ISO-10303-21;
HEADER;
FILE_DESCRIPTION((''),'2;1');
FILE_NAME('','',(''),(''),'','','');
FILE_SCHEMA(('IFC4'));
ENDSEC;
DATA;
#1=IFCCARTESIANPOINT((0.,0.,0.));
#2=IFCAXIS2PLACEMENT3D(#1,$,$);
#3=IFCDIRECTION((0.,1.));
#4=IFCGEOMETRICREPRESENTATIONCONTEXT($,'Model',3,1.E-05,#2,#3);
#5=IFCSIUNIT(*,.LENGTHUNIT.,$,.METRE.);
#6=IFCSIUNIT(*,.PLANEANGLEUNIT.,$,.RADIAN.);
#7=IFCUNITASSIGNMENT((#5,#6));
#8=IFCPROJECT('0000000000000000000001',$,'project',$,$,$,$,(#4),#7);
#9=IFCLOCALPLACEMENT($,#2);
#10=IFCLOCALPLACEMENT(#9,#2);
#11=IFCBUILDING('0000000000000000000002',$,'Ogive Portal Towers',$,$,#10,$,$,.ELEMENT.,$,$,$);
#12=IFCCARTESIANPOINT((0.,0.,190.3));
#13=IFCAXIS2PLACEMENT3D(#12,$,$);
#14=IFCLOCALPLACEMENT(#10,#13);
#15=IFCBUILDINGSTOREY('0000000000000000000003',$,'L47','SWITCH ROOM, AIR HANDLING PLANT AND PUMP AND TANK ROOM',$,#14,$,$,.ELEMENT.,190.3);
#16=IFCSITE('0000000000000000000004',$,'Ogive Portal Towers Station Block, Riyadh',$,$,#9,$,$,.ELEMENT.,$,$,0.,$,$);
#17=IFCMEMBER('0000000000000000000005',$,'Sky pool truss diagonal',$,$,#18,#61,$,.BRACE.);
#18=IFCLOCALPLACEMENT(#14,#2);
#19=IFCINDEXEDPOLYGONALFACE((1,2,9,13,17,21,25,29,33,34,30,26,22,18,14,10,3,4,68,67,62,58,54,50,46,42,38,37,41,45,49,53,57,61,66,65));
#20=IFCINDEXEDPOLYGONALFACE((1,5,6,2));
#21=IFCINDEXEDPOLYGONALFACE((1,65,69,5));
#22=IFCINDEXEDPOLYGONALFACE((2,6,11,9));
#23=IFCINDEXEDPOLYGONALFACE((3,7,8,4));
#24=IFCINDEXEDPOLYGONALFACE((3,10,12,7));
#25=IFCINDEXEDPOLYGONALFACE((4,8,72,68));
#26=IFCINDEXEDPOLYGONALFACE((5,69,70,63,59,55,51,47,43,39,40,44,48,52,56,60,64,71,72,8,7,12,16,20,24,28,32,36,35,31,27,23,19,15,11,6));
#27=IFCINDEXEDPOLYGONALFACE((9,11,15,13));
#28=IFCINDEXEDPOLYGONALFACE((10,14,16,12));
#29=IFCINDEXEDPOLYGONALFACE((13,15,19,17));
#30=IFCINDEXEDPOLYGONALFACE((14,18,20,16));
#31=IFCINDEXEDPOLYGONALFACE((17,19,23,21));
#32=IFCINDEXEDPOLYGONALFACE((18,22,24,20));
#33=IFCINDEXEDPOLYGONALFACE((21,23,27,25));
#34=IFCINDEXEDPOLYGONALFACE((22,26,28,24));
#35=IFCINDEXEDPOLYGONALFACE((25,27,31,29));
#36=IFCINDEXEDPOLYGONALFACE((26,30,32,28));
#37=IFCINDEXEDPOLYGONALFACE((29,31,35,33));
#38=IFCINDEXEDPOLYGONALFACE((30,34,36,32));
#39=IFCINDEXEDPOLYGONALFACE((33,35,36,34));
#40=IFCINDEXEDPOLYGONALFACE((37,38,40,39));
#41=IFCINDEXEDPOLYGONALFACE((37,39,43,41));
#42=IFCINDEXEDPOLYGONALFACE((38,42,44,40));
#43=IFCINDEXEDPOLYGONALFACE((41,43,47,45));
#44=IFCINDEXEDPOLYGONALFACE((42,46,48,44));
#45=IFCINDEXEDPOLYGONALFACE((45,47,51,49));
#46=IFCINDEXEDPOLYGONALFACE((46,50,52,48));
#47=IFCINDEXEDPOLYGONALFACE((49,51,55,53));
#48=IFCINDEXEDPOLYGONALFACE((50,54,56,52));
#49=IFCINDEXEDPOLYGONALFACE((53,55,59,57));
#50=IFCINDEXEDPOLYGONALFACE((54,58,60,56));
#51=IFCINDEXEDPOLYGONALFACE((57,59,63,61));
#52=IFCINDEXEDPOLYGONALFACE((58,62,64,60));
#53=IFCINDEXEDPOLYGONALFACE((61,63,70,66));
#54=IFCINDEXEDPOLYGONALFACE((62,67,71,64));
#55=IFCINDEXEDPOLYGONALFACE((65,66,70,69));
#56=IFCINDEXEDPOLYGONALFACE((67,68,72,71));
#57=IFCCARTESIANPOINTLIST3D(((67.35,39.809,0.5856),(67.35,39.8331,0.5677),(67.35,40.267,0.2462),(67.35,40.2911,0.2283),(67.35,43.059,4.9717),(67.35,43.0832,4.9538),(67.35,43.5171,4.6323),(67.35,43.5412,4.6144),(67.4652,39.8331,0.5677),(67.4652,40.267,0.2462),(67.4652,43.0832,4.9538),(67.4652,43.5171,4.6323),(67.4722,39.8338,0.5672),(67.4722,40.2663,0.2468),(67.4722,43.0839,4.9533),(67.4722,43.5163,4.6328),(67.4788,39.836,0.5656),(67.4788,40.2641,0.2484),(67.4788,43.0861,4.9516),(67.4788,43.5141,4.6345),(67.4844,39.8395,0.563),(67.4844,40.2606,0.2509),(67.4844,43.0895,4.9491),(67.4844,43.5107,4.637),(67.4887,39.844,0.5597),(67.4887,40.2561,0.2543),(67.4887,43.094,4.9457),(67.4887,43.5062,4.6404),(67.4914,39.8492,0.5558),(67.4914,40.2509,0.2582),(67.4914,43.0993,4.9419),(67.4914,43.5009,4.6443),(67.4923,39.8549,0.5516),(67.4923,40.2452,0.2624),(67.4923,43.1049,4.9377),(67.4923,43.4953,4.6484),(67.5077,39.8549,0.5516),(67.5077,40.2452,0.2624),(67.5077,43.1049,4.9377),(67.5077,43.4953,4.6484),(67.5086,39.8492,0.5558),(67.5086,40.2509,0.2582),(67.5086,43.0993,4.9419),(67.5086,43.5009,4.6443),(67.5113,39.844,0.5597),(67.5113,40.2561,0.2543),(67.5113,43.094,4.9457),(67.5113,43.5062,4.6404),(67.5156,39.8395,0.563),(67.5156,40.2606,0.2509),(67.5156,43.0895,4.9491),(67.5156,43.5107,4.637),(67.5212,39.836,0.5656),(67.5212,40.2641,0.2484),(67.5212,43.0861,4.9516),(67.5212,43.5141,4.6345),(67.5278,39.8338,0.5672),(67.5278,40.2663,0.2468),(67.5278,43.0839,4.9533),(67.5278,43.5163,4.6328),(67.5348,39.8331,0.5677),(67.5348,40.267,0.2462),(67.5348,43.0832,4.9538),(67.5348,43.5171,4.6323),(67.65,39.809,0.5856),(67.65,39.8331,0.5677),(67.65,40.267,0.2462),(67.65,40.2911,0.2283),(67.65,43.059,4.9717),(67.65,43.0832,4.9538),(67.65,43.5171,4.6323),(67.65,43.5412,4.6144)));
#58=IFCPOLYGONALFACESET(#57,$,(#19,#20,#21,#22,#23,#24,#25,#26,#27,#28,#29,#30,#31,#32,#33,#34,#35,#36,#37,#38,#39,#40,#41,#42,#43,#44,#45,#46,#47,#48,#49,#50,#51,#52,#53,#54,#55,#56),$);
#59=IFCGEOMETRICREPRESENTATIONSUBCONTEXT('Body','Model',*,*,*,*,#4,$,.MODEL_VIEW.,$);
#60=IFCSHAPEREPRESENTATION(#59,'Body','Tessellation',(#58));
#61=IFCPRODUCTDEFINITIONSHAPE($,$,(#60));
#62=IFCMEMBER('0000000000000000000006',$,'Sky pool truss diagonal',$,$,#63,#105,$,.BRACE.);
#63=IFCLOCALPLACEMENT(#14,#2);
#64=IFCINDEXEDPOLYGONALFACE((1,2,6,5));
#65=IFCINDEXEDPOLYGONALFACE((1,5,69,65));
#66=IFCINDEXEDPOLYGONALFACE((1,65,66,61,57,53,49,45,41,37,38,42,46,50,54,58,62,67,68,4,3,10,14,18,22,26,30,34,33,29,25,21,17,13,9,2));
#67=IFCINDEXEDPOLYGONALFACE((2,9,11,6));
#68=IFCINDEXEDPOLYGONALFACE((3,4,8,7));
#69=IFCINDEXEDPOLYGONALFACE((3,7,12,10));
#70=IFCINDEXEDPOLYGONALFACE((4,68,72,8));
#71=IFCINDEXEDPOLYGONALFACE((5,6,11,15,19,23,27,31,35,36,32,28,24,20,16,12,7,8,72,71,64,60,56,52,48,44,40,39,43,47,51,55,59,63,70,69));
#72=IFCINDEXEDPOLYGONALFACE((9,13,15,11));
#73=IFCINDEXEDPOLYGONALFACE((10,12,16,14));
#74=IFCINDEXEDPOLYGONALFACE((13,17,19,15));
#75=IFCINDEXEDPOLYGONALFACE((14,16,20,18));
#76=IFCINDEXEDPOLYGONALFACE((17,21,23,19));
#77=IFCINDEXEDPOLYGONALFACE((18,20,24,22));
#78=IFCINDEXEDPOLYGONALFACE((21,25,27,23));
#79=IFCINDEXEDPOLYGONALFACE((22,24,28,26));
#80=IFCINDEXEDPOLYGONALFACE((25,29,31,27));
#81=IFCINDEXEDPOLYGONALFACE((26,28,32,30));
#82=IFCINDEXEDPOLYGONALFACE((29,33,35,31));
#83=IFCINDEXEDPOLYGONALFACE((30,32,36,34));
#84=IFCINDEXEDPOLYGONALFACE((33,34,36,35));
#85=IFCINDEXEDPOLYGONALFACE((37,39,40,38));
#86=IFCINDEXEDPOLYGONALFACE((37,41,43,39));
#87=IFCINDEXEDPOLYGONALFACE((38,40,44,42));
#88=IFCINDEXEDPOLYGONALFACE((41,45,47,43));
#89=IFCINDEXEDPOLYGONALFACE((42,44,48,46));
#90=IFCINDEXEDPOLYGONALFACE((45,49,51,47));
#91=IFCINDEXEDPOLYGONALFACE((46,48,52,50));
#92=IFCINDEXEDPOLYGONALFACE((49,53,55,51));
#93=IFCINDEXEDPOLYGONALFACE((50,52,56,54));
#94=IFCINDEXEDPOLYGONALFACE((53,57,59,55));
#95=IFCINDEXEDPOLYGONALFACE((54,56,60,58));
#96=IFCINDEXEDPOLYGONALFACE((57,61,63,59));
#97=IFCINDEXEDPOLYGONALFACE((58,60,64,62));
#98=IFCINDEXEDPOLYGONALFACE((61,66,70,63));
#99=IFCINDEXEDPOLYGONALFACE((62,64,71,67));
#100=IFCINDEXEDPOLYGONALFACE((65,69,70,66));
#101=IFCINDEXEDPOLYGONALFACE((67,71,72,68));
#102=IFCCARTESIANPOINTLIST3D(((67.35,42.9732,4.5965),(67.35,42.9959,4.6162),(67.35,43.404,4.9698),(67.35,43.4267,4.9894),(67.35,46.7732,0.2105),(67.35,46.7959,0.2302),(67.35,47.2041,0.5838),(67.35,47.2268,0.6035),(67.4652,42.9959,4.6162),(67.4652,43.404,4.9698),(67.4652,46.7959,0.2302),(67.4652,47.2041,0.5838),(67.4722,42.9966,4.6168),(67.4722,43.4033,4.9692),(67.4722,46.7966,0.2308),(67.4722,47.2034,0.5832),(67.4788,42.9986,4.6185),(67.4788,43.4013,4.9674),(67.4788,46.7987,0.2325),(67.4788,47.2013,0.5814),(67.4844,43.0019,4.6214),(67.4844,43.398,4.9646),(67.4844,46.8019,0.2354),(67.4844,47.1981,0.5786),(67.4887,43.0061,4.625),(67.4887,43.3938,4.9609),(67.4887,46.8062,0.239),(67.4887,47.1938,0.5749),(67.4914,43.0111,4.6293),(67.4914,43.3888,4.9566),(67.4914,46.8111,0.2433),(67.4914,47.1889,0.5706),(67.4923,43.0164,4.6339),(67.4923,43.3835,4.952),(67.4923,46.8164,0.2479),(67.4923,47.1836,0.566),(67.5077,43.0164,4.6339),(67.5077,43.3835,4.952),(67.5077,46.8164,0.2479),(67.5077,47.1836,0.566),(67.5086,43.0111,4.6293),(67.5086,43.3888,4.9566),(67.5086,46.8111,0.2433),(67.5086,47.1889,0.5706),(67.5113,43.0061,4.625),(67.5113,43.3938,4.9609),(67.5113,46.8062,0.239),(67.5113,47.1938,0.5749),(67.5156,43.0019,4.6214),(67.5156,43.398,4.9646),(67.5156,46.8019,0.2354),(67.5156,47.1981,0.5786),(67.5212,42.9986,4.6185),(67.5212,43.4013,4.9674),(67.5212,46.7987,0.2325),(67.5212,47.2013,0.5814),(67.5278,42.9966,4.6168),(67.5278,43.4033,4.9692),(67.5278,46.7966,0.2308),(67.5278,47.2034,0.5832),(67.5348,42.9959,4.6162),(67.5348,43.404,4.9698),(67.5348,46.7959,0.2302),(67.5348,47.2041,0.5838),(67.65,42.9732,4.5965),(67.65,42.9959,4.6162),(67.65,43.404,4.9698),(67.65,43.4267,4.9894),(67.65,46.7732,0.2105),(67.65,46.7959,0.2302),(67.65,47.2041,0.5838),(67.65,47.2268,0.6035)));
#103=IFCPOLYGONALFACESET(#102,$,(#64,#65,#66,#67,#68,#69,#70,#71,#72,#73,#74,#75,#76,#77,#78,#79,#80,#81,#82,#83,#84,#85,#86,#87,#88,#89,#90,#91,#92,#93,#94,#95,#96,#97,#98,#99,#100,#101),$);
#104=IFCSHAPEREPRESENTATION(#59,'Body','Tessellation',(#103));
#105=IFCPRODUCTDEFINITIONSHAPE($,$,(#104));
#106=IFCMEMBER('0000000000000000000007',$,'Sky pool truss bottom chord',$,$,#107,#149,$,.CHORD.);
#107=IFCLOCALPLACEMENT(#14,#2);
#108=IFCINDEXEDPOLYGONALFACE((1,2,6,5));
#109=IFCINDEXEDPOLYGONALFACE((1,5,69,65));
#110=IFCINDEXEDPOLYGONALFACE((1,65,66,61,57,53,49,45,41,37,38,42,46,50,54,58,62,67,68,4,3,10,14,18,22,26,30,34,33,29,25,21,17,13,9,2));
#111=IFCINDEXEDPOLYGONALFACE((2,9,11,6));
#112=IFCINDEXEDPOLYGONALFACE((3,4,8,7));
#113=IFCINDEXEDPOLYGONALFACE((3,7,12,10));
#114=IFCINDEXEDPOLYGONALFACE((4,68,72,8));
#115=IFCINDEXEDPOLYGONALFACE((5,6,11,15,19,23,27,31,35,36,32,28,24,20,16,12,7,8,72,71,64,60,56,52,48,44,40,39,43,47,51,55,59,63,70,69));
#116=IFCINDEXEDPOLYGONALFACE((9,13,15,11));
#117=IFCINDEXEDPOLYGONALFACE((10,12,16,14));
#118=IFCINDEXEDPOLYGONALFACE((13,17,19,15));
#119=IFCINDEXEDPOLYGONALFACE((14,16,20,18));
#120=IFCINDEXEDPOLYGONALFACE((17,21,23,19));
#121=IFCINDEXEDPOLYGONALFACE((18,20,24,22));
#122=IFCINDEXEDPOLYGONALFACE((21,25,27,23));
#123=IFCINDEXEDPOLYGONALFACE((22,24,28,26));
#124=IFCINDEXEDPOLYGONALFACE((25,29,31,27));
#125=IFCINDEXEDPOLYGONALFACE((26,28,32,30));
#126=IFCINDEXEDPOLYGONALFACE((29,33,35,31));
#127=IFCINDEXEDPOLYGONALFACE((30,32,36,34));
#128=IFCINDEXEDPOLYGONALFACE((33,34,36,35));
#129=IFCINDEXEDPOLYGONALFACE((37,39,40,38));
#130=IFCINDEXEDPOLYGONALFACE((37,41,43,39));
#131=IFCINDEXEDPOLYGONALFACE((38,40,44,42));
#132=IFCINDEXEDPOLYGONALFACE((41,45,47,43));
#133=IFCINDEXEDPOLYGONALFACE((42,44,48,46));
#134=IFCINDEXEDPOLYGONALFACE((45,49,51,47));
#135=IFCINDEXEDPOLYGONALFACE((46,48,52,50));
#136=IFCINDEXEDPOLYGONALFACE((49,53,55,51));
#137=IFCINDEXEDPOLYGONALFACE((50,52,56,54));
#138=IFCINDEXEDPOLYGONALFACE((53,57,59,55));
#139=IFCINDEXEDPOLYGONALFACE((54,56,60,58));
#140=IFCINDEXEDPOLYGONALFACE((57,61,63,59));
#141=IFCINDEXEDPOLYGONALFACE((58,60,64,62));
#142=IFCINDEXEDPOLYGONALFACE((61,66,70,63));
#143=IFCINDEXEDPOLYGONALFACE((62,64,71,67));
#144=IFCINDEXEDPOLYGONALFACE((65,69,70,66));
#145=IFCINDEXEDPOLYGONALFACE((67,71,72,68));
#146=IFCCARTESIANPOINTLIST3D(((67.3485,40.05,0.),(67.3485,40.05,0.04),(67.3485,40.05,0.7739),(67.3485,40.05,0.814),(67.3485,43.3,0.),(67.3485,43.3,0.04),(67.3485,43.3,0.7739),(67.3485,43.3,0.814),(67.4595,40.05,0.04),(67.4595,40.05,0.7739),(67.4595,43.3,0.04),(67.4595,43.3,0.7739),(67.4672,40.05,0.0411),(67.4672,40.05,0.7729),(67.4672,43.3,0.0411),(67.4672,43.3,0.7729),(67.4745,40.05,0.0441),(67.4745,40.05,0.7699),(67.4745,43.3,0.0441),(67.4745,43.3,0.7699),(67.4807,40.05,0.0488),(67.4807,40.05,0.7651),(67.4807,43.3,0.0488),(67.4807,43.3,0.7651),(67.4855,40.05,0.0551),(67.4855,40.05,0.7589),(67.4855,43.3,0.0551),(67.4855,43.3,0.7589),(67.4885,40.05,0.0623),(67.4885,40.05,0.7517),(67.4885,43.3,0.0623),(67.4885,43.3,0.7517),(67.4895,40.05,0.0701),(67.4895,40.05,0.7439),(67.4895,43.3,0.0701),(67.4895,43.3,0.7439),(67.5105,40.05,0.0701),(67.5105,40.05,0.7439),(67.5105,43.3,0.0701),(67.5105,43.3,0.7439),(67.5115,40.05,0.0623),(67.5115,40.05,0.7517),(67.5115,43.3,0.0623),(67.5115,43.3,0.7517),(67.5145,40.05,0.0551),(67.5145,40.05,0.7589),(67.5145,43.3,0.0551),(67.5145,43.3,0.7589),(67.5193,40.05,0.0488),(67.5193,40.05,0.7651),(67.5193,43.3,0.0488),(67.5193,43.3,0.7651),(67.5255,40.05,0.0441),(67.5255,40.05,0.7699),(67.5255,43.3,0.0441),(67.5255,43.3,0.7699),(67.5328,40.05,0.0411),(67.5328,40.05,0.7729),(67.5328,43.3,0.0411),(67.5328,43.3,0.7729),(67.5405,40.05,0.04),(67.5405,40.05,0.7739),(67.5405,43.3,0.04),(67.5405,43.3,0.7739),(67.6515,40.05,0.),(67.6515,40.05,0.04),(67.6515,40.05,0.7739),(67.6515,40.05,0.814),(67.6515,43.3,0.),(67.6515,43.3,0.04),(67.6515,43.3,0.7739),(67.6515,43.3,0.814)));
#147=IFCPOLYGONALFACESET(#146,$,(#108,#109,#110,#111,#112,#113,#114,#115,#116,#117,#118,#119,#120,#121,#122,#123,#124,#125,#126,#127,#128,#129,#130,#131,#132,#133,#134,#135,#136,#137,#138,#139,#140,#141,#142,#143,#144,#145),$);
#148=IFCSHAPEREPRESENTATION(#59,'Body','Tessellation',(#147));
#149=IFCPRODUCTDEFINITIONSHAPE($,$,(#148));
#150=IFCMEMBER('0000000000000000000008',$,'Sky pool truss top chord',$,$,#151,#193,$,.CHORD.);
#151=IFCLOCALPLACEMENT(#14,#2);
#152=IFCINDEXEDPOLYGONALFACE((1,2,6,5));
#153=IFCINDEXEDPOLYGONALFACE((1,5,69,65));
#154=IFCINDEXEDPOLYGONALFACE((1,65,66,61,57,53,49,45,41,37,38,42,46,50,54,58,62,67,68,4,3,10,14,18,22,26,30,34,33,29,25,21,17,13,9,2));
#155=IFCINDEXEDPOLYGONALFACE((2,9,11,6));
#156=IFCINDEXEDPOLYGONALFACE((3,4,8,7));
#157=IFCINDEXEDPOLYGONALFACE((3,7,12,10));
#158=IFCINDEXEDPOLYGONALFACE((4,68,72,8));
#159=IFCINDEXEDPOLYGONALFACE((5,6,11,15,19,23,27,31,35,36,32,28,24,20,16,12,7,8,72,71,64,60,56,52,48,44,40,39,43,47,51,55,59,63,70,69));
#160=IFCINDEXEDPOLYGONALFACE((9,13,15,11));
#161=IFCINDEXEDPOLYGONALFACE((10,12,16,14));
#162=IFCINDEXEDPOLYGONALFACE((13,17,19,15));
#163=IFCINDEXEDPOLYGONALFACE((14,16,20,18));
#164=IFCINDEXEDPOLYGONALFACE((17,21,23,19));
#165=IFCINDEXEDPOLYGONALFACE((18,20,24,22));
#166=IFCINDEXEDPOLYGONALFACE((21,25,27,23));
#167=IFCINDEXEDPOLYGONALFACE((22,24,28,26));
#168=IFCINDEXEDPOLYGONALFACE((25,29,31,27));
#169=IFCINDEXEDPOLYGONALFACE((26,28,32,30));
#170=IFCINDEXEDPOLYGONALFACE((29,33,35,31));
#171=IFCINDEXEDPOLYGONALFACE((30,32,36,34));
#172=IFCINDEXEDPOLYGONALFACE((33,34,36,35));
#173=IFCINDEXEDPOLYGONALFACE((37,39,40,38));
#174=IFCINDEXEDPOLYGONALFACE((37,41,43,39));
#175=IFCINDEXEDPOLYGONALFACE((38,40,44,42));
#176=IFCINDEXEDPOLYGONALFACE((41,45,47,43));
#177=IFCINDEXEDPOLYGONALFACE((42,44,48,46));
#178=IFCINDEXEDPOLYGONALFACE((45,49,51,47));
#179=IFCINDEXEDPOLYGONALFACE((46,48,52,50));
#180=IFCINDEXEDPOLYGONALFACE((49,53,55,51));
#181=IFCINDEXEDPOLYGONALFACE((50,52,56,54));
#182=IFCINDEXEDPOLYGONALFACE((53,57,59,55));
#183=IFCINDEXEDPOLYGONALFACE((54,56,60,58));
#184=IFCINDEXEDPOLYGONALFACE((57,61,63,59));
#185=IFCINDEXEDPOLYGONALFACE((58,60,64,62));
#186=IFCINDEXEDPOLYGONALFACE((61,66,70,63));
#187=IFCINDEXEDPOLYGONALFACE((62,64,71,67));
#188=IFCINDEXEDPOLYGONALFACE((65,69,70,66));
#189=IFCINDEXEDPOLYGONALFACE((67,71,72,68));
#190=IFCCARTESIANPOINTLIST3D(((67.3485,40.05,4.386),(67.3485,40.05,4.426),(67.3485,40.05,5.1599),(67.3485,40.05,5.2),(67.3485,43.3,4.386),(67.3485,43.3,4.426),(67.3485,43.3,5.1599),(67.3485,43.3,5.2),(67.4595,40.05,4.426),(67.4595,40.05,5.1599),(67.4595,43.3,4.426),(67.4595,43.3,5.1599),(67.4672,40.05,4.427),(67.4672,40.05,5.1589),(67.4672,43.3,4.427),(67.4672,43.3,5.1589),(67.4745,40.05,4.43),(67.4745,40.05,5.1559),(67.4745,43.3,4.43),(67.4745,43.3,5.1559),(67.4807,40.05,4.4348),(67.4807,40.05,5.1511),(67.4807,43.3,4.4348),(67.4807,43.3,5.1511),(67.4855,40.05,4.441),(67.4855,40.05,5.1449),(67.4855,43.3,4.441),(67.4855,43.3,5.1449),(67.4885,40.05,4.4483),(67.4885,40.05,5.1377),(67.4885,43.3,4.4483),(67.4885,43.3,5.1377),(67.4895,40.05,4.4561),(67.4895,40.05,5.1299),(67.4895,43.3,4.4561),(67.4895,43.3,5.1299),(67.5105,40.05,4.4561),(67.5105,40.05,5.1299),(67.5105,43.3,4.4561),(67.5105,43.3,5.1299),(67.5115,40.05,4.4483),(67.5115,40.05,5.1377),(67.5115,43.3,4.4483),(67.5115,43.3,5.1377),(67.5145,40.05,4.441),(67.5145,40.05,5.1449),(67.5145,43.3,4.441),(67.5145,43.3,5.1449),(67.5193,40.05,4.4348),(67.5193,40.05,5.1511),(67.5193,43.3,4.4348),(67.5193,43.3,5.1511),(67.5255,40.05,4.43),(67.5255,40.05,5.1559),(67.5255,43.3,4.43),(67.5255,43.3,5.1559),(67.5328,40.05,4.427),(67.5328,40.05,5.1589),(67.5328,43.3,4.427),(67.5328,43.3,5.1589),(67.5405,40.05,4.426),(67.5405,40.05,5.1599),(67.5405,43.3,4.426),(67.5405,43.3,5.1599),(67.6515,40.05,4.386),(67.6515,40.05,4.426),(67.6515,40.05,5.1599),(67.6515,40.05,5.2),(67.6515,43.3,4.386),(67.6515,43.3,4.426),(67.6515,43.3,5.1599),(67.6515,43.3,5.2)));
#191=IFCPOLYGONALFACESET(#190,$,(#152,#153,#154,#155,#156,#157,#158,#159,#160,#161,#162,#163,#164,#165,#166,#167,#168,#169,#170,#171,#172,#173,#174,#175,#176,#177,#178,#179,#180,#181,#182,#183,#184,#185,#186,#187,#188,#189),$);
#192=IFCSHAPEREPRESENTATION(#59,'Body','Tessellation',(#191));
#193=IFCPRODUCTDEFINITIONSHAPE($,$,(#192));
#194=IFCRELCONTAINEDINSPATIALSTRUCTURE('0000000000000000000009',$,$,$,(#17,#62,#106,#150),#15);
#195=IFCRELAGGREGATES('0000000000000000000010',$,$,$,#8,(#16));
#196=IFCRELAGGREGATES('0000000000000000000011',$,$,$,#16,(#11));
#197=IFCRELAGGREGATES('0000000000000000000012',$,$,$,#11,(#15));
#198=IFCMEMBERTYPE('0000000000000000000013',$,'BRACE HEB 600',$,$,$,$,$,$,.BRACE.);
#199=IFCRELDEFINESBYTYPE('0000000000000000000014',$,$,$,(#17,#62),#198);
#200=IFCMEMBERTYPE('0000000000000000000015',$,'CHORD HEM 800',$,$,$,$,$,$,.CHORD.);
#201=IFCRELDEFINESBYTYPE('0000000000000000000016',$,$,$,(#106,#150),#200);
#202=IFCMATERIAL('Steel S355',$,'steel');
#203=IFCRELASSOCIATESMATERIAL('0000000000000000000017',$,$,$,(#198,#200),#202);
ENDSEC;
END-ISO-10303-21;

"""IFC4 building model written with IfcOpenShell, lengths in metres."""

from ifc_helpers import new_model, si_unit, direction, frame, origin, origin_2d, place, context, subcontext, project, spatial, i_section, extrude, material, material_profile, profile_set, type_object, element, save


model = new_model("IFC4")

# Units and contexts
model_context = context("Model", 3, precision=1e-05, world=origin(), true_north=direction((0.0, 1.0)))
body_context = subcontext(model_context, "Body", "Model", "MODEL_VIEW")
ifc_project = project(units=[si_unit("LENGTHUNIT", "METRE"), si_unit("PLANEANGLEUNIT", "RADIAN")], contexts=[model_context])

# Site, building, storey
site_placement = place(None, origin())
site = spatial("IfcSite", under=ifc_project, at=site_placement, Name="Ogive Portal Towers Station Block, Riyadh", CompositionType="ELEMENT", RefElevation=0.0)
building_placement = place(site_placement, origin())
building = spatial("IfcBuilding", under=site, at=building_placement, Name="Ogive Portal Towers", CompositionType="ELEMENT")
storey_placement = place(building_placement, frame((0.0, 0.0, 190.3)))
storey = spatial("IfcBuildingStorey", under=building, at=storey_placement, Name="L47", Description="SWITCH ROOM, AIR HANDLING PLANT AND PUMP AND TANK ROOM", CompositionType="ELEMENT", Elevation=190.3)

# Members
ifc_material_1 = material(Name="Steel S355", Category="steel")
ifc_material_profile_1 = material_profile(ifc_material_1, i_section(OverallWidth=0.3, OverallDepth=0.6001, WebThickness=0.0154, FlangeThickness=0.03, FilletRadius=0.0271, at=origin_2d()), Name="HEB 600")
ifc_profile_set_1 = profile_set([ifc_material_profile_1], Name="Steel S355")
member_type_1 = type_object("IfcMemberType", Name="BRACE HEB 600", PredefinedType="BRACE", material=ifc_profile_set_1)
member_1_placement = place(storey_placement, frame((67.5, 40.05, 0.407), z_axis=(0.0, 0.59536, 0.803459), x_axis=(-1.0, 0.0, 0.0)))
element("IfcMember", 1, at=member_1_placement, inside=storey, type_object=member_type_1, Name="Sky pool truss diagonal", PredefinedType="BRACE", context=body_context, shape_type="SweptSolid", body=[
    extrude(i_section(OverallWidth=0.3, OverallDepth=0.6001, WebThickness=0.0154, FlangeThickness=0.03, FilletRadius=0.0271, at=origin_2d()), origin(), (0.0, 0.0, 1.0), 5.459),
])
member_2_placement = place(storey_placement, frame((67.5, 43.2, 4.793), z_axis=(0.0, 0.654818, -0.755786), x_axis=(-1.0, 0.0, 0.0)))
element("IfcMember", 2, at=member_2_placement, inside=storey, type_object=member_type_1, Name="Sky pool truss diagonal", PredefinedType="BRACE", context=body_context, shape_type="SweptSolid", body=[
    extrude(i_section(OverallWidth=0.3, OverallDepth=0.6001, WebThickness=0.0154, FlangeThickness=0.03, FilletRadius=0.0271, at=origin_2d()), origin(), (0.0, 0.0, 1.0), 5.8032),
])
ifc_material_profile_2 = material_profile(ifc_material_1, i_section(OverallWidth=0.303, OverallDepth=0.814, WebThickness=0.021, FlangeThickness=0.04, FilletRadius=0.03, at=origin_2d()), Name="HEM 800")
ifc_profile_set_2 = profile_set([ifc_material_profile_2], Name="Steel S355")
member_type_2 = type_object("IfcMemberType", Name="CHORD HEM 800", PredefinedType="CHORD", material=ifc_profile_set_2)
for number, where, z_axis, x_axis, name in (
    (3, (67.5, 40.05, 0.407), (0.0, 1.0, 0.0), (-1.0, 0.0, 0.0), "Sky pool truss bottom chord"),
    (4, (67.5, 40.05, 4.793), (0.0, 1.0, 0.0), (-1.0, 0.0, 0.0), "Sky pool truss top chord"),
):
    element("IfcMember", number, at=place(storey_placement, frame(where, z_axis=z_axis, x_axis=x_axis)), inside=storey, type_object=member_type_2, Name=name, PredefinedType="CHORD", context=body_context, shape_type="SweptSolid", body=[
        extrude(i_section(OverallWidth=0.303, OverallDepth=0.814, WebThickness=0.021, FlangeThickness=0.04, FilletRadius=0.03, at=origin_2d()), origin(), (0.0, 0.0, 1.0), 3.25),
    ])

save(model, "model.ifc")
